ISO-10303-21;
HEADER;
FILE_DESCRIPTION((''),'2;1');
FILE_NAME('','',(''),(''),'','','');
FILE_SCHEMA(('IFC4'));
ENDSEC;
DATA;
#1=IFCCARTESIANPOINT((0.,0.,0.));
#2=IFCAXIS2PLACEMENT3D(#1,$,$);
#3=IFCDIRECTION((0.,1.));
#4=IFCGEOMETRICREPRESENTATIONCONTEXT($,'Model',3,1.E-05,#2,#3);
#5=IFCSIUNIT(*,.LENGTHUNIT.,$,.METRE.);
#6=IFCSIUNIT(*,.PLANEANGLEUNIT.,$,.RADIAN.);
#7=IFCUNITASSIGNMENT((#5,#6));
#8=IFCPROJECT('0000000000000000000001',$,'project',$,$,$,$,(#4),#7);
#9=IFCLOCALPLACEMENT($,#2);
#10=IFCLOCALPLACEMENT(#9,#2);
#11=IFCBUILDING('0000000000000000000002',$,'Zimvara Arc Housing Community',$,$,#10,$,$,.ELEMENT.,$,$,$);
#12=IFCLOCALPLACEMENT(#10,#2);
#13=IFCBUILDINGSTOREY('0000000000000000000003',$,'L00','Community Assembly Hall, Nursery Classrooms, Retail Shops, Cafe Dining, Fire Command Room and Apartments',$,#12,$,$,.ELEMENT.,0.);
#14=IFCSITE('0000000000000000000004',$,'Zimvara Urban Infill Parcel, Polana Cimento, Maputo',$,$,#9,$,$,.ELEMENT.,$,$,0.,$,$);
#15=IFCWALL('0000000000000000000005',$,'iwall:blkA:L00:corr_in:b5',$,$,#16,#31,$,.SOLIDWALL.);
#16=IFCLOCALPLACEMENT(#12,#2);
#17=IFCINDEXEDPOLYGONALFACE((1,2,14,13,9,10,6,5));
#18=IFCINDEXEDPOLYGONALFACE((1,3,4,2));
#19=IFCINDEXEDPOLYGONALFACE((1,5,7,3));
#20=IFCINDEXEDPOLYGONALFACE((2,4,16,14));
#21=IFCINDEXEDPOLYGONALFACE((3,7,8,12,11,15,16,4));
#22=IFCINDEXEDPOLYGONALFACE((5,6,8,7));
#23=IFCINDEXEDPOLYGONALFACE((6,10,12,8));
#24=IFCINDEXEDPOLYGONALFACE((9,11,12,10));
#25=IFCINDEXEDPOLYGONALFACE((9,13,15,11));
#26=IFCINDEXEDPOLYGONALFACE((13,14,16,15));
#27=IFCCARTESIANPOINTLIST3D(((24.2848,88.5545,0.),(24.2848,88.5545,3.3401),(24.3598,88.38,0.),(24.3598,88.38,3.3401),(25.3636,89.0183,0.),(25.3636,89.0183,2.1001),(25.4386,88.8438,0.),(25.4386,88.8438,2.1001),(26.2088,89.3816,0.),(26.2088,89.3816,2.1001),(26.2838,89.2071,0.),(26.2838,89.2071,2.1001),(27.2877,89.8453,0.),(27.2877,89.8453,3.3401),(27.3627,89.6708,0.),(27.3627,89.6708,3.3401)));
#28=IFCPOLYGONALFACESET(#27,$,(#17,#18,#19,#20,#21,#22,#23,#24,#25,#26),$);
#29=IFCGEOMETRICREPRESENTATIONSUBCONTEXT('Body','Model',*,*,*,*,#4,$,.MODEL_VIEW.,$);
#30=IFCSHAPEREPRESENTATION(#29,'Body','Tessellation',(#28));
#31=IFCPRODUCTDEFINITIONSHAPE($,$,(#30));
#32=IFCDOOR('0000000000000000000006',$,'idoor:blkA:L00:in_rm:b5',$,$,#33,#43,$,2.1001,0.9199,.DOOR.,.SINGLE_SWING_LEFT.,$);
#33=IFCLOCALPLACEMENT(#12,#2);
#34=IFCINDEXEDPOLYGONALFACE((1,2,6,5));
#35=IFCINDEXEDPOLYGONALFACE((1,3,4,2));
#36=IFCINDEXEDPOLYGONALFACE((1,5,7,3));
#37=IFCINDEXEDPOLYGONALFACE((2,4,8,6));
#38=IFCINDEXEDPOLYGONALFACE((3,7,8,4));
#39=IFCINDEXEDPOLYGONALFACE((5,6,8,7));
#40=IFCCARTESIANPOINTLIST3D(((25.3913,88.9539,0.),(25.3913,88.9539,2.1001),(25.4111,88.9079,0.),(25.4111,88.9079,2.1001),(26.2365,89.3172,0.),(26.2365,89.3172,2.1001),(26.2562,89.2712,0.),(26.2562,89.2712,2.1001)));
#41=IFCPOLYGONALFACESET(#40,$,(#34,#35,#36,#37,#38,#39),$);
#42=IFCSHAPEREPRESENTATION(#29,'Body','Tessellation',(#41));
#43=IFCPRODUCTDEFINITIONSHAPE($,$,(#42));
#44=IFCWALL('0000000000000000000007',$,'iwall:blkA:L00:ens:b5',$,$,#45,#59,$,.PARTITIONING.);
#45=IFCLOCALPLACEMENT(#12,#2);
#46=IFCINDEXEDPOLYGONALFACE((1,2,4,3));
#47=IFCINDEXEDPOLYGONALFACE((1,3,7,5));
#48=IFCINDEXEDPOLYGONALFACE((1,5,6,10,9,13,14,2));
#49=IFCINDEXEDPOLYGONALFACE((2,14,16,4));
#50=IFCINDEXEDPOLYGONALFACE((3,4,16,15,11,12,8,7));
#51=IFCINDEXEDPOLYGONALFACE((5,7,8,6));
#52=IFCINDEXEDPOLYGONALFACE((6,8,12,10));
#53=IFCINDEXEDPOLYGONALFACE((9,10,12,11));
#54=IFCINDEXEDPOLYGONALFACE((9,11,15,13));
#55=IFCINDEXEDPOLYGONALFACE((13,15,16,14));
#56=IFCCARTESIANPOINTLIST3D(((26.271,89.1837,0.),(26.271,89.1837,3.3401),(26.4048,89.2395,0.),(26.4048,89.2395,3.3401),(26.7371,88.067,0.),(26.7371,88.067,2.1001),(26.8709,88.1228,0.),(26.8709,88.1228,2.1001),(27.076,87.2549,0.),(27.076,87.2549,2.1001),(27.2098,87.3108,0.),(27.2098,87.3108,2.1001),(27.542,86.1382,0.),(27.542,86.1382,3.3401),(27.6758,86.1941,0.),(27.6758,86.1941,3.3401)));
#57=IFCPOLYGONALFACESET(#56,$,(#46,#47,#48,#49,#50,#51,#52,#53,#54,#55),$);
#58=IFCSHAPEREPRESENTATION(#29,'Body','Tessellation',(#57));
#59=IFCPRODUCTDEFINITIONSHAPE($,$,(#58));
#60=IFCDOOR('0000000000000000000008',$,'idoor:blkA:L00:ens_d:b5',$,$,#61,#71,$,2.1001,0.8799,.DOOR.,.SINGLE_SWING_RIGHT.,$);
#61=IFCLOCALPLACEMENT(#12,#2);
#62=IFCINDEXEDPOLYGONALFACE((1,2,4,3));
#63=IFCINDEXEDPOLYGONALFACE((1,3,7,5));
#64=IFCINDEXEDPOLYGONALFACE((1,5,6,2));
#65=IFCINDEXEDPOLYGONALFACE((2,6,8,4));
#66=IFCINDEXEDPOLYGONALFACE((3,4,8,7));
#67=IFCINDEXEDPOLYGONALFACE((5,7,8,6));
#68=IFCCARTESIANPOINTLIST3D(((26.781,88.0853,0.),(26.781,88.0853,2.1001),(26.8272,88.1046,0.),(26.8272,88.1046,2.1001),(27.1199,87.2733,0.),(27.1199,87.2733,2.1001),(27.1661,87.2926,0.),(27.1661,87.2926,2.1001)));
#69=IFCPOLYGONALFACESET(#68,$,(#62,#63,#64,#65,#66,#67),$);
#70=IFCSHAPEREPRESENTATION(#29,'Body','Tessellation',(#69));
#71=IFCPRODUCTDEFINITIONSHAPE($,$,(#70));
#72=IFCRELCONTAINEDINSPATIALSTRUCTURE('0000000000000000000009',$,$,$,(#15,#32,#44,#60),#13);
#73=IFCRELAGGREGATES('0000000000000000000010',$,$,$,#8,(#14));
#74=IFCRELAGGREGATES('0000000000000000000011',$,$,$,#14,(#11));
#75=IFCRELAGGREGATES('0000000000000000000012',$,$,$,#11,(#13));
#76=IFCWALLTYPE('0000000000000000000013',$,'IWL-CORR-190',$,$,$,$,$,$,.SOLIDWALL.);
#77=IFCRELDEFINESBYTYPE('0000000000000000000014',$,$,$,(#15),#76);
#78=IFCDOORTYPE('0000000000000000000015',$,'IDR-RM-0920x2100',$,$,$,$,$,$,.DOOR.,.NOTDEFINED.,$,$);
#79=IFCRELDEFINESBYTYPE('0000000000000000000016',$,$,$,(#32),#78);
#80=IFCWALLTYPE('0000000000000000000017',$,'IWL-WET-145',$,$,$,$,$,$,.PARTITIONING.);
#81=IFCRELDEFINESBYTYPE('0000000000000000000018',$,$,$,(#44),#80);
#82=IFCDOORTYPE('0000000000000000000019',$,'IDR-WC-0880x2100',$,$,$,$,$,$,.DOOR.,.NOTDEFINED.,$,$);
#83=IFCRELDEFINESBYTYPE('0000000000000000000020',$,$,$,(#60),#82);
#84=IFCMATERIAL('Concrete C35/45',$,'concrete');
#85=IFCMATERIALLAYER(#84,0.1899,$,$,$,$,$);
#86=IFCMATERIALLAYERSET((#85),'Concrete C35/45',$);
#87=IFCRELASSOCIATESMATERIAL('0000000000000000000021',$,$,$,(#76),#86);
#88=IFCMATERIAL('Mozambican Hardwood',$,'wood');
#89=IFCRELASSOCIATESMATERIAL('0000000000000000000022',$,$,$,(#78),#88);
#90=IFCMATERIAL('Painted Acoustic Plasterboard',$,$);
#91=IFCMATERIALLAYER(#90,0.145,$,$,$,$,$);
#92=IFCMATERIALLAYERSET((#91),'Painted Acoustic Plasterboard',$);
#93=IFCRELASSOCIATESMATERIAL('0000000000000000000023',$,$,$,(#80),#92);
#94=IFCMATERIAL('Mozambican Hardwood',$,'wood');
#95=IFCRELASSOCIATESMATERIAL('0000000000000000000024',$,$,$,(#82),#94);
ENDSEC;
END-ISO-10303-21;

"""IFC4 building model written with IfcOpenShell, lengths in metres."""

from ifc_helpers import new_model, si_unit, direction, frame, frame_2d, origin, place, context, subcontext, project, spatial, rectangle, extrude, material, layer, layer_set, type_object, element, fill, save


model = new_model("IFC4")

# Units and contexts
model_context = context("Model", 3, precision=1e-05, world=origin(), true_north=direction((0.0, 1.0)))
body_context = subcontext(model_context, "Body", "Model", "MODEL_VIEW")
ifc_project = project(units=[si_unit("LENGTHUNIT", "METRE"), si_unit("PLANEANGLEUNIT", "RADIAN")], contexts=[model_context])

# Site, building, storey
site_placement = place(None, origin())
site = spatial("IfcSite", under=ifc_project, at=site_placement, Name="Zimvara Urban Infill Parcel, Polana Cimento, Maputo", CompositionType="ELEMENT", RefElevation=0.0)
building_placement = place(site_placement, origin())
building = spatial("IfcBuilding", under=site, at=building_placement, Name="Zimvara Arc Housing Community", CompositionType="ELEMENT")
storey_placement = place(building_placement, origin())
storey = spatial("IfcBuildingStorey", under=building, at=storey_placement, Name="L00", Description="Community Assembly Hall, Nursery Classrooms, Retail Shops, Cafe Dining, Fire Command Room and Apartments", CompositionType="ELEMENT", Elevation=0.0)

# Walls, openings, doors
ifc_material_1 = material(Name="Concrete C35/45", Category="concrete")
ifc_layer_1 = layer(ifc_material_1, 0.1899)
ifc_layer_set_1 = layer_set([ifc_layer_1], Name="Concrete C35/45")
wall_type_1 = type_object("IfcWallType", Name="IWL-CORR-190", PredefinedType="SOLIDWALL", material=ifc_layer_set_1)
wall_1_placement = place(storey_placement, frame((24.3223, 88.4673, 0.0), z_axis=(0.0, 0.0, 1.0), x_axis=(0.918723, 0.394902, 0.0)))
wall_1 = element("IfcWall", 1, at=wall_1_placement, inside=storey, type_object=wall_type_1, Name="iwall:blkA:L00:corr_in:b5", PredefinedType="SOLIDWALL", context=body_context, shape_type="SweptSolid", body=[
    extrude(rectangle(XDim=3.2686, YDim=0.1899, at=frame_2d((1.6343, 0.0))), origin(), (0.0, 0.0, 1.0), 3.3401),
])
opening_1_placement = place(wall_1_placement, frame((1.1743, 0.0, 0.0)))
opening_1 = element("IfcOpeningElement", 2, at=opening_1_placement, cuts=wall_1, PredefinedType="OPENING", context=body_context, shape_type="SweptSolid", body=[
    extrude(rectangle(XDim=0.9199, YDim=2.1001, at=frame_2d((0.46, 1.05))), frame((0.0, 0.105, 0.0), z_axis=(0.0, -1.0, 0.0), x_axis=(1.0, 0.0, 0.0)), (0.0, 0.0, 1.0), 0.21),
])
ifc_material_2 = material(Name="Mozambican Hardwood", Category="wood")
door_type_1 = type_object("IfcDoorType", Name="IDR-RM-0920x2100", OperationType="NOTDEFINED", PredefinedType="DOOR", material=ifc_material_2)
door_1_placement = place(opening_1_placement, origin())
door_1 = element("IfcDoor", 3, at=door_1_placement, inside=storey, type_object=door_type_1, Name="idoor:blkA:L00:in_rm:b5", OperationType="SINGLE_SWING_LEFT", OverallHeight=2.1001, OverallWidth=0.9199, PredefinedType="DOOR", context=body_context, shape_type="SweptSolid", body=[
    extrude(rectangle(XDim=0.9199, YDim=2.1001, at=frame_2d((0.46, 1.05))), frame((0.0, 0.0249, 0.0), z_axis=(0.0, -1.0, 0.0), x_axis=(1.0, 0.0, 0.0)), (0.0, 0.0, 1.0), 0.05),
])
fill(opening_1, door_1)
ifc_material_3 = material(Name="Painted Acoustic Plasterboard")
ifc_layer_2 = layer(ifc_material_3, 0.145)
ifc_layer_set_2 = layer_set([ifc_layer_2], Name="Painted Acoustic Plasterboard")
wall_type_2 = type_object("IfcWallType", Name="IWL-WET-145", PredefinedType="PARTITIONING", material=ifc_layer_set_2)
wall_2_placement = place(storey_placement, frame((27.6089, 86.1663, 0.0), z_axis=(0.0, 0.0, 1.0), x_axis=(-0.385151, 0.922854, 0.0)))
wall_2 = element("IfcWall", 4, at=wall_2_placement, inside=storey, type_object=wall_type_2, Name="iwall:blkA:L00:ens:b5", PredefinedType="PARTITIONING", context=body_context, shape_type="SweptSolid", body=[
    extrude(rectangle(XDim=3.3, YDim=0.145, at=frame_2d((1.6499, 0.0))), origin(), (0.0, 0.0, 1.0), 3.3401),
])
opening_2_placement = place(wall_2_placement, frame((1.21, 0.0, 0.0)))
opening_2 = element("IfcOpeningElement", 5, at=opening_2_placement, cuts=wall_2, PredefinedType="OPENING", context=body_context, shape_type="SweptSolid", body=[
    extrude(rectangle(XDim=0.8799, YDim=2.1001, at=frame_2d((0.4399, 1.05))), frame((0.0, 0.0825, 0.0), z_axis=(0.0, -1.0, 0.0), x_axis=(1.0, 0.0, 0.0)), (0.0, 0.0, 1.0), 0.165),
])
ifc_material_4 = material(Name="Mozambican Hardwood", Category="wood")
door_type_2 = type_object("IfcDoorType", Name="IDR-WC-0880x2100", OperationType="NOTDEFINED", PredefinedType="DOOR", material=ifc_material_4)
door_2_placement = place(opening_2_placement, origin())
door_2 = element("IfcDoor", 6, at=door_2_placement, inside=storey, type_object=door_type_2, Name="idoor:blkA:L00:ens_d:b5", OperationType="SINGLE_SWING_RIGHT", OverallHeight=2.1001, OverallWidth=0.8799, PredefinedType="DOOR", context=body_context, shape_type="SweptSolid", body=[
    extrude(rectangle(XDim=0.8799, YDim=2.1001, at=frame_2d((0.4399, 1.05))), frame((0.0, 0.0249, 0.0), z_axis=(0.0, -1.0, 0.0), x_axis=(1.0, 0.0, 0.0)), (0.0, 0.0, 1.0), 0.05),
])
fill(opening_2, door_2)

save(model, "model.ifc")
